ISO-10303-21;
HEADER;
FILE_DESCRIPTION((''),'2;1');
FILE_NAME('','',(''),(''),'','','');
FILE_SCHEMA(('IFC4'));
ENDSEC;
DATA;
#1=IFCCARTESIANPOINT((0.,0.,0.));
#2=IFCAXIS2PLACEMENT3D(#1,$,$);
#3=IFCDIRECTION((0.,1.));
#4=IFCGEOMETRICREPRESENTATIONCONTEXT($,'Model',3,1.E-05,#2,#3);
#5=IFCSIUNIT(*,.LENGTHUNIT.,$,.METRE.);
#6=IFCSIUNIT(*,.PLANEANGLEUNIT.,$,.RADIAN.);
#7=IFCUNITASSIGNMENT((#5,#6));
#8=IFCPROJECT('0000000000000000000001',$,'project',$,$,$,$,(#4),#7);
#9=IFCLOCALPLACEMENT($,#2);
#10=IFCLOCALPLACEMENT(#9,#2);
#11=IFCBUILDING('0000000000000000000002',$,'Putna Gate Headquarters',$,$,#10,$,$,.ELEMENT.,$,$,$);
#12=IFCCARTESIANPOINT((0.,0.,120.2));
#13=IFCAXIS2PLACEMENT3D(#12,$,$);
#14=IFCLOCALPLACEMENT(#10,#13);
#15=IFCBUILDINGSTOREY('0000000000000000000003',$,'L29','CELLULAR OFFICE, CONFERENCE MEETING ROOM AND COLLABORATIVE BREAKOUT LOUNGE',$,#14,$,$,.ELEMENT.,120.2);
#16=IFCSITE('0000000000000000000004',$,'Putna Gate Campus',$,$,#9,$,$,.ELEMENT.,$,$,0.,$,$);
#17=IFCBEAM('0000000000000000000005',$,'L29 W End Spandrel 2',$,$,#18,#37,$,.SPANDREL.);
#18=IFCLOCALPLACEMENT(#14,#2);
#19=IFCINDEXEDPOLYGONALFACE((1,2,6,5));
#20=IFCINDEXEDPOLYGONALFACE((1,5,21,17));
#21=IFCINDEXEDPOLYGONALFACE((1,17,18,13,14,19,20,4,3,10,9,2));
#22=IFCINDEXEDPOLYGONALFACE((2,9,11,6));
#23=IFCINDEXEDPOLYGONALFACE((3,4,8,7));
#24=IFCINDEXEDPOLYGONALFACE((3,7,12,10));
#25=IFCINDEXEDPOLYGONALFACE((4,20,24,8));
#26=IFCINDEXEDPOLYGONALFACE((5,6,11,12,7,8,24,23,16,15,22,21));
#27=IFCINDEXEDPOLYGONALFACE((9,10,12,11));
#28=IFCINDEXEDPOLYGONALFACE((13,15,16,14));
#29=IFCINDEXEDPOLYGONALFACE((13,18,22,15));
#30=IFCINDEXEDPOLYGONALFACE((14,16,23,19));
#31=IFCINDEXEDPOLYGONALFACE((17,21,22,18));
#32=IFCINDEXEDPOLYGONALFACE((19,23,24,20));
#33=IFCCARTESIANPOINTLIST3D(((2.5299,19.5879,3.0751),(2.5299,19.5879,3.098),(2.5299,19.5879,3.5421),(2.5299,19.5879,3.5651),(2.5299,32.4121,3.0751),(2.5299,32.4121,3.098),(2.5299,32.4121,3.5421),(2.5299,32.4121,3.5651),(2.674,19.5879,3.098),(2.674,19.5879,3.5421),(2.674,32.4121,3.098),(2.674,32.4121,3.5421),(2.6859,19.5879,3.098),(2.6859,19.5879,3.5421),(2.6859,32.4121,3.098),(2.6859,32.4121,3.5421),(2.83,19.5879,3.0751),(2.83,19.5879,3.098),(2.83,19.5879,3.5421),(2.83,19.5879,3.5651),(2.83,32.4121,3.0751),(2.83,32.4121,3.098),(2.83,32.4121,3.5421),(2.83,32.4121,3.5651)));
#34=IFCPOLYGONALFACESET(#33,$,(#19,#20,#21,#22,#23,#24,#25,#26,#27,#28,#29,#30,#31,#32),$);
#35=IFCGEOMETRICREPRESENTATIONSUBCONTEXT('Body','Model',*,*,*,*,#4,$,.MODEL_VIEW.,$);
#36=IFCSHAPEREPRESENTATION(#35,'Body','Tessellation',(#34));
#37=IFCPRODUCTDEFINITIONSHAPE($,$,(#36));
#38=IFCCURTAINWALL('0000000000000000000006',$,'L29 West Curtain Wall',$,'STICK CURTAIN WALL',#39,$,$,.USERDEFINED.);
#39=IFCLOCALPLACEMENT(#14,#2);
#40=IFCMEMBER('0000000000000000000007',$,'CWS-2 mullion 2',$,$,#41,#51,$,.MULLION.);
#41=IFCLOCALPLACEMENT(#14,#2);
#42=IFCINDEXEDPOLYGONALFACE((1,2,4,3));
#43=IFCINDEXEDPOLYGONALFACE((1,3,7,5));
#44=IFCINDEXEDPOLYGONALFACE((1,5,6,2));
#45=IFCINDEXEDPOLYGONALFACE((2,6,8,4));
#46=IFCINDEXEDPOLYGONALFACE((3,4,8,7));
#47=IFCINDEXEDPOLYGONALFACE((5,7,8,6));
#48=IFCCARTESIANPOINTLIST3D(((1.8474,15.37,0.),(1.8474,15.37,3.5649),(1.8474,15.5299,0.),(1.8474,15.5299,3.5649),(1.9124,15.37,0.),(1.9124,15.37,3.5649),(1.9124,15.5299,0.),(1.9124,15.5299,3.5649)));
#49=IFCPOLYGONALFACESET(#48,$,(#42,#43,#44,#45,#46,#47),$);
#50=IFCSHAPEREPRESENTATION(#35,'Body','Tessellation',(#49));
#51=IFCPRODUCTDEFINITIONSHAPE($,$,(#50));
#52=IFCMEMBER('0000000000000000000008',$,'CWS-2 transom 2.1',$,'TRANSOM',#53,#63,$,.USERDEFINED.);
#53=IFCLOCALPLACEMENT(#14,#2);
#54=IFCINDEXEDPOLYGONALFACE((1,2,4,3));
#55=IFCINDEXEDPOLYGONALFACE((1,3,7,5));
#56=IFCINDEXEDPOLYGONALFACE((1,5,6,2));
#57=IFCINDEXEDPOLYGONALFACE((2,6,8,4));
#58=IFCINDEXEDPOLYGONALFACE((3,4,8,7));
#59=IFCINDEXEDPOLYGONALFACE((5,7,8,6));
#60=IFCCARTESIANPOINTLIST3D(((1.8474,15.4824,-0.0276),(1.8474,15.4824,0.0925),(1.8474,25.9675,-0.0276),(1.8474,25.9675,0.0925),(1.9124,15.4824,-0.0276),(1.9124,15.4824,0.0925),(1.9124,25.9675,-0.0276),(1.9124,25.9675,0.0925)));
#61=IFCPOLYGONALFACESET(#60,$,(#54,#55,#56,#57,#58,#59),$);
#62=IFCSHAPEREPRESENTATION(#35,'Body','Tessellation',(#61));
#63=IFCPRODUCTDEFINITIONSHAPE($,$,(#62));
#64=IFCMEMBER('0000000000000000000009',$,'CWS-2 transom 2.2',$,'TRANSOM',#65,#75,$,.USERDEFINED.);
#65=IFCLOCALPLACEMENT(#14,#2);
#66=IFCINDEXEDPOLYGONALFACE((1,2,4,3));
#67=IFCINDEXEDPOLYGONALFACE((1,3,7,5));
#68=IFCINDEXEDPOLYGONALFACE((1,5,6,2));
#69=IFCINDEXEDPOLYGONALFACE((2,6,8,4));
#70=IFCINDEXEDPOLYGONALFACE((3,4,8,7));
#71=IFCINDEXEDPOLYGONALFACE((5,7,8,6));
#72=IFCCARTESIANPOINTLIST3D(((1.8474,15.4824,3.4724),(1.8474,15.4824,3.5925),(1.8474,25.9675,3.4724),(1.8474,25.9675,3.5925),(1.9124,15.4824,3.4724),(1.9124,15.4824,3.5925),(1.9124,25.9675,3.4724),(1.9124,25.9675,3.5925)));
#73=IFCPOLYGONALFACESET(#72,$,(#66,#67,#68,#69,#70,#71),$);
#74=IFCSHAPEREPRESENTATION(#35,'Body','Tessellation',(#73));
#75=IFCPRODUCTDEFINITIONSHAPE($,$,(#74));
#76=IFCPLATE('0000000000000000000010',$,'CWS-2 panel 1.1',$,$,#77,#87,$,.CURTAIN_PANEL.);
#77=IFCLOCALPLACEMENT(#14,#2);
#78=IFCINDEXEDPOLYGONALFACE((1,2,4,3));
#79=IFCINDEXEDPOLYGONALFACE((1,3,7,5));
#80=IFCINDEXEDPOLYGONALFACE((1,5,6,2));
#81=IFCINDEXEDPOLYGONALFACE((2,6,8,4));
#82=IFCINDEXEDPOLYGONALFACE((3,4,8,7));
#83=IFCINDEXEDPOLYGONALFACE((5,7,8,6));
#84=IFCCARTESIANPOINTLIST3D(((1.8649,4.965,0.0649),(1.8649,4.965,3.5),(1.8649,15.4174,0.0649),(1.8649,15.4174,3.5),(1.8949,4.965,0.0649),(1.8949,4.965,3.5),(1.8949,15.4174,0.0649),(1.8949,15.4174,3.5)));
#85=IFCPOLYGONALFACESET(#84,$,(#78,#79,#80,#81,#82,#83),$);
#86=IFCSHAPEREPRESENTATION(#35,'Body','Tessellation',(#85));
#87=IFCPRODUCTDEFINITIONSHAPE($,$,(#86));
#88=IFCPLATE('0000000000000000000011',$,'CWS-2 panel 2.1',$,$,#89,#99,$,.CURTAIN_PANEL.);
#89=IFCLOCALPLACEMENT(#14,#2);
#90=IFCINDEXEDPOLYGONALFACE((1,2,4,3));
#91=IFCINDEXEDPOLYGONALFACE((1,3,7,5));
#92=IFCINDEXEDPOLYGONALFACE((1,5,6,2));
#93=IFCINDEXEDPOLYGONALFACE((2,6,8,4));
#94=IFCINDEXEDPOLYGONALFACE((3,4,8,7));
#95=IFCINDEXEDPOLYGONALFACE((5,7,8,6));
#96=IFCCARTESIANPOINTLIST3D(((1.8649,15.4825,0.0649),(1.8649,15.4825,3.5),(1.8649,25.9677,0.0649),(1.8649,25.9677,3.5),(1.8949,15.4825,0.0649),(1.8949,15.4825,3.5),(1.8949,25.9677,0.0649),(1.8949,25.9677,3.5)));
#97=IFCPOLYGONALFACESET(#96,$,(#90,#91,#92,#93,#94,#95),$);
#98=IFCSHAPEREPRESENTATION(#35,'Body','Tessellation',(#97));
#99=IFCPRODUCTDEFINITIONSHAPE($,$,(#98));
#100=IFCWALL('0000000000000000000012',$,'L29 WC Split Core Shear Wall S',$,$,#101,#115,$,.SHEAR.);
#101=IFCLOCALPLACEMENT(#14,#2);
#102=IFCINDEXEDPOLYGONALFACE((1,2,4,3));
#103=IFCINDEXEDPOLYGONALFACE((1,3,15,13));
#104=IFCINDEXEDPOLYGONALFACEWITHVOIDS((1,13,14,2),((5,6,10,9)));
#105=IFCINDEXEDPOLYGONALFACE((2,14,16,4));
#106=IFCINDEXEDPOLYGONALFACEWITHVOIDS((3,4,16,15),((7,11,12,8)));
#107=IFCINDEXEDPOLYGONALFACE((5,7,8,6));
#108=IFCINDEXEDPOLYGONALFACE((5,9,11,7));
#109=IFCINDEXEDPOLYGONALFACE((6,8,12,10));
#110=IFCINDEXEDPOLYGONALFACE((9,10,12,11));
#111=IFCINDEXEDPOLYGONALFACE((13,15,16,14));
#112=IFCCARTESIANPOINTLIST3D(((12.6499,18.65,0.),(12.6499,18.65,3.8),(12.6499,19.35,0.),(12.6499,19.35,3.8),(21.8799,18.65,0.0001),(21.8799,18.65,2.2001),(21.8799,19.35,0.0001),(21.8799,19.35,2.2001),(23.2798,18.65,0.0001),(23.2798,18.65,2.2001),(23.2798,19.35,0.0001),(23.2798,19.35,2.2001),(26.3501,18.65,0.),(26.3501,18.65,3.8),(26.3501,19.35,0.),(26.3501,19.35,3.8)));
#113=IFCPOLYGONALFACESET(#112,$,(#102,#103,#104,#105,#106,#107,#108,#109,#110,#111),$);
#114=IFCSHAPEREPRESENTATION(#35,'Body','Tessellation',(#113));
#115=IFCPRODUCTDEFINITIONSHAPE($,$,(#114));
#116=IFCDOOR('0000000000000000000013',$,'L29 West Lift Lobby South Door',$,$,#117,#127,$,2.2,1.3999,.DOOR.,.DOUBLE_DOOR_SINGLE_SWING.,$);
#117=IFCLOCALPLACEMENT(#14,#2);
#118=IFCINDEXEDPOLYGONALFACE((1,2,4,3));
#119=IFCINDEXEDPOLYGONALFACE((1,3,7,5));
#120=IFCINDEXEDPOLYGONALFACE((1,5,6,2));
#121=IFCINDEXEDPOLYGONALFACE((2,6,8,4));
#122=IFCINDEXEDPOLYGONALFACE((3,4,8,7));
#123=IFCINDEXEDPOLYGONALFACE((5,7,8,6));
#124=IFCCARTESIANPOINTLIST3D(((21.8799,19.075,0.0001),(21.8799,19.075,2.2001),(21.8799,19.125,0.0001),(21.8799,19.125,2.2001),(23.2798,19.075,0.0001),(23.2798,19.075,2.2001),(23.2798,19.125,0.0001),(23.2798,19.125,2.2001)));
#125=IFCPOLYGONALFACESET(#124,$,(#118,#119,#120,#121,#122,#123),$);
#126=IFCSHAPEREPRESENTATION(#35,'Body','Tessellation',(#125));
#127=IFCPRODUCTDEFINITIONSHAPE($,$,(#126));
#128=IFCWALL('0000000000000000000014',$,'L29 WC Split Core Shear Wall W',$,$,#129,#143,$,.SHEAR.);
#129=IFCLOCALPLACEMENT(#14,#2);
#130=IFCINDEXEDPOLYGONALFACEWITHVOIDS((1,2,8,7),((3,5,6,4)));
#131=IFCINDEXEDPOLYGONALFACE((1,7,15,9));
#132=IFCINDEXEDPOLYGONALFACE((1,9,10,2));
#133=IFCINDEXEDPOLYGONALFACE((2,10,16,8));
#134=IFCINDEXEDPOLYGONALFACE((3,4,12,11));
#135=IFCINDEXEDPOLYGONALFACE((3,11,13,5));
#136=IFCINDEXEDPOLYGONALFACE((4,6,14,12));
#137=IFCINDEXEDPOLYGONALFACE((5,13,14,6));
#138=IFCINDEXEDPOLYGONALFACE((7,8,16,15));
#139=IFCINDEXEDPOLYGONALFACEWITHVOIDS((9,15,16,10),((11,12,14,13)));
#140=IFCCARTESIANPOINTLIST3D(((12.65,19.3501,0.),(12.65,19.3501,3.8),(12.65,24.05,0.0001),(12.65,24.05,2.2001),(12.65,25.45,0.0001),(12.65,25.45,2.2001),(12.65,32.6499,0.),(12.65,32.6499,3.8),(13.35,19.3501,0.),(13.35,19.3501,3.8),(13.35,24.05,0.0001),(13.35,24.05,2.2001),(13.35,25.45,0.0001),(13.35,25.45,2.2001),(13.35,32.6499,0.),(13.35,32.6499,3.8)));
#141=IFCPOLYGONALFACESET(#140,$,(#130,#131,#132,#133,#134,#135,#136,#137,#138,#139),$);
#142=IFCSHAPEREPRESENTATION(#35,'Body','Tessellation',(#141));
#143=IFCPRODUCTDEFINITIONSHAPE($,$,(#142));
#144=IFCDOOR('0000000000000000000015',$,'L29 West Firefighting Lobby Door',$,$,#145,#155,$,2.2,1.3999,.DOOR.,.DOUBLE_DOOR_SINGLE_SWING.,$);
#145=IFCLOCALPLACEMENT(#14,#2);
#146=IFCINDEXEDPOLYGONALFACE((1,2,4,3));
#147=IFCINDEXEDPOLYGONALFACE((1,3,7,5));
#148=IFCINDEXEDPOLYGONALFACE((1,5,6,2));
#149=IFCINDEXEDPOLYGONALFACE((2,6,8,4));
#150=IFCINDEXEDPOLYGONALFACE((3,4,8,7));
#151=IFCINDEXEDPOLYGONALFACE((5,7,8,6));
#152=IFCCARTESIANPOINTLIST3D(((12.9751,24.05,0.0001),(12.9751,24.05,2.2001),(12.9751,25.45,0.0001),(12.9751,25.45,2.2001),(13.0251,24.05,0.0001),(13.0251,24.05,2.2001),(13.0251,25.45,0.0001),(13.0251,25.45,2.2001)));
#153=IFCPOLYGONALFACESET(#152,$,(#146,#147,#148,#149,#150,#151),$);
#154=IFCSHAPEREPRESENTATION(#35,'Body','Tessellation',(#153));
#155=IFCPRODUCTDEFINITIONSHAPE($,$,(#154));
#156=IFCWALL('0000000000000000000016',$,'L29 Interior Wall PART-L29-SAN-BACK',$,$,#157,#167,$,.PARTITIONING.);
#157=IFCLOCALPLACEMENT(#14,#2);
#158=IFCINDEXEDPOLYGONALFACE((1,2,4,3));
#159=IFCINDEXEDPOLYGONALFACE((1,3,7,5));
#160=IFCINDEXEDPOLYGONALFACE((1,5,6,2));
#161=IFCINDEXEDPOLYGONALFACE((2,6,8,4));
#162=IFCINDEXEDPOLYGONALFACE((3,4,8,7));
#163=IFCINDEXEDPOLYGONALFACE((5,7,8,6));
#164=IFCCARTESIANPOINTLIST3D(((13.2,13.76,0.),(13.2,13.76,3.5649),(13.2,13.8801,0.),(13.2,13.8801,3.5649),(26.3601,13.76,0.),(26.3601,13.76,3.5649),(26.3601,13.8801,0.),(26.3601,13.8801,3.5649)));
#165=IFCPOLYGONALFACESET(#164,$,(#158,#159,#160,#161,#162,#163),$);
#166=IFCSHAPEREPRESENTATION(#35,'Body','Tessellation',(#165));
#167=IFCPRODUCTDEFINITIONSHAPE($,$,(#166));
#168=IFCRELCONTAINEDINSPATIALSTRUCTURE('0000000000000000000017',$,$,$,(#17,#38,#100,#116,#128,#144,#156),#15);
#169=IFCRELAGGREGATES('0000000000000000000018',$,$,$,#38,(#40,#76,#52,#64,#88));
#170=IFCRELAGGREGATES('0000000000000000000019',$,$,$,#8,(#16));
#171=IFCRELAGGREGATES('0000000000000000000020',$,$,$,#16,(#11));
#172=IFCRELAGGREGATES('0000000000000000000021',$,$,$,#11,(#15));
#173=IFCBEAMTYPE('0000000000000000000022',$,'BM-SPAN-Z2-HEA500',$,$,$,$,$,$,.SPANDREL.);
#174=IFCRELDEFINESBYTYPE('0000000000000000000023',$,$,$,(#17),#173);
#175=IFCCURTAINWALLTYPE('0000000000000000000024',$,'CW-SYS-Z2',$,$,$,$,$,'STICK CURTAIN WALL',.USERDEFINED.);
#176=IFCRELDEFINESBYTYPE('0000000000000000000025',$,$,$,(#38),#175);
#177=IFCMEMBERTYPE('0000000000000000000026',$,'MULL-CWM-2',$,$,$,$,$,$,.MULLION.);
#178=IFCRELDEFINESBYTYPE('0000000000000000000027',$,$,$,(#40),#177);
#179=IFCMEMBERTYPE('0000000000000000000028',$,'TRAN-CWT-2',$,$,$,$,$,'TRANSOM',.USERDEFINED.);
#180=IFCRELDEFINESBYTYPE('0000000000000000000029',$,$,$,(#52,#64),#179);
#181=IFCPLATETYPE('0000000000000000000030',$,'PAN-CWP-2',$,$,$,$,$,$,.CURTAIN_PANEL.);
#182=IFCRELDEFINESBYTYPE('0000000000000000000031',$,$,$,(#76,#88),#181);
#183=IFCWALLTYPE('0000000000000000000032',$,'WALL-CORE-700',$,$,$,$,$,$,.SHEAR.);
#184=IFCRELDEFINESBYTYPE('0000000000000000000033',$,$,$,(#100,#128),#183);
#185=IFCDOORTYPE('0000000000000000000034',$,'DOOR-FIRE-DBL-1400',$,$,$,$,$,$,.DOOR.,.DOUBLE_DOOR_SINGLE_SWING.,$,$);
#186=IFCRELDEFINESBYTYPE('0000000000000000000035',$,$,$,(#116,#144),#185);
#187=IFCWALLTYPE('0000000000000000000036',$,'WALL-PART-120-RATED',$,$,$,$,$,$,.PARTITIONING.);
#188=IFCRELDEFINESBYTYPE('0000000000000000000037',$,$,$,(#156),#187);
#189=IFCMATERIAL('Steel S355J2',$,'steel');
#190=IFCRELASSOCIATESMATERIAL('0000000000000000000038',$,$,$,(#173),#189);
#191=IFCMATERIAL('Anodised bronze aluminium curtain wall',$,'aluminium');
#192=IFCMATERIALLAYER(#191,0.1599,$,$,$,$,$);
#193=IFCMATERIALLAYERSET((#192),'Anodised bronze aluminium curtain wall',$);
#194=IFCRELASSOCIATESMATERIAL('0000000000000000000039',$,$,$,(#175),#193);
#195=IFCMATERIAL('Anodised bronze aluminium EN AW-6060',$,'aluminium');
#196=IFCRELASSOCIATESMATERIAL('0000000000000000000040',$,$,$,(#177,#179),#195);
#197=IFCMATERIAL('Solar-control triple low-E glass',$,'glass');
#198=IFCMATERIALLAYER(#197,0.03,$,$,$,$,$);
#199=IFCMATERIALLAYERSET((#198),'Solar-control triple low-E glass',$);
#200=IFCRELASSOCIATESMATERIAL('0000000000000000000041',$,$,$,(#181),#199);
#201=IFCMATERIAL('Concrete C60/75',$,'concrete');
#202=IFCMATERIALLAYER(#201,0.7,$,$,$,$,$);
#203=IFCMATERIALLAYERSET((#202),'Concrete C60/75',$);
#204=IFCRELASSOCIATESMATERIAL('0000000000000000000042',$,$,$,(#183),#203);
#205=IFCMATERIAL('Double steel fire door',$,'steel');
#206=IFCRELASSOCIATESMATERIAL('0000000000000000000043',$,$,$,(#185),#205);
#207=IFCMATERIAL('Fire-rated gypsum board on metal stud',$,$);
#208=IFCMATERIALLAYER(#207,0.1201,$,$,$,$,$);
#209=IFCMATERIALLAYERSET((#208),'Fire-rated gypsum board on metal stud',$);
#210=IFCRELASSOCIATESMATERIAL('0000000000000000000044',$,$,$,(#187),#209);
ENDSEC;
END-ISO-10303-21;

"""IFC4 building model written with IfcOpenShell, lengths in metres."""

from ifc_helpers import new_model, si_unit, direction, frame, frame_2d, origin, origin_2d, place, context, subcontext, project, spatial, rectangle, i_section, extrude, material, layer, layer_set, material_profile, profile_set, type_object, element, fill, aggregate, save


model = new_model("IFC4")

# Units and contexts
model_context = context("Model", 3, precision=1e-05, world=origin(), true_north=direction((0.0, 1.0)))
body_context = subcontext(model_context, "Body", "Model", "MODEL_VIEW")
ifc_project = project(units=[si_unit("LENGTHUNIT", "METRE"), si_unit("PLANEANGLEUNIT", "RADIAN")], contexts=[model_context])

# Site, building, storey
site_placement = place(None, origin())
site = spatial("IfcSite", under=ifc_project, at=site_placement, Name="Putna Gate Campus", CompositionType="ELEMENT", RefElevation=0.0)
building_placement = place(site_placement, origin())
building = spatial("IfcBuilding", under=site, at=building_placement, Name="Putna Gate Headquarters", CompositionType="ELEMENT")
storey_placement = place(building_placement, frame((0.0, 0.0, 120.2)))
storey = spatial("IfcBuildingStorey", under=building, at=storey_placement, Name="L29", Description="CELLULAR OFFICE, CONFERENCE MEETING ROOM AND COLLABORATIVE BREAKOUT LOUNGE", CompositionType="ELEMENT", Elevation=120.2)

# Shared definitions
ifc_material_1 = material(Name="Concrete C60/75", Category="concrete")

# Beam
ifc_material_2 = material(Name="Steel S355J2", Category="steel")
ifc_material_profile_1 = material_profile(ifc_material_2, i_section(OverallWidth=0.3, OverallDepth=0.49, WebThickness=0.012, FlangeThickness=0.0229, at=origin_2d()), Name="Steel S355J2")
ifc_profile_set_1 = profile_set([ifc_material_profile_1], Name="Steel S355J2")
beam_type_1 = type_object("IfcBeamType", Name="BM-SPAN-Z2-HEA500", PredefinedType="SPANDREL", material=ifc_profile_set_1)
beam_1_placement = place(storey_placement, frame((2.6799, 19.5879, 3.3201), z_axis=(0.0, 1.0, 0.0), x_axis=(-1.0, 0.0, 0.0)))
element("IfcBeam", 1, at=beam_1_placement, inside=storey, type_object=beam_type_1, Name="L29 W End Spandrel 2", PredefinedType="SPANDREL", context=body_context, shape_type="SweptSolid", body=[
    extrude(i_section(OverallWidth=0.3, OverallDepth=0.49, WebThickness=0.012, FlangeThickness=0.0229, at=origin_2d()), origin(), (0.0, 0.0, 1.0), 12.8242),
])

# Curtain wall, members, plates
ifc_material_3 = material(Name="Anodised bronze aluminium curtain wall", Category="aluminium")
ifc_layer_1 = layer(ifc_material_3, 0.1599)
ifc_layer_set_1 = layer_set([ifc_layer_1], Name="Anodised bronze aluminium curtain wall")
curtain_wall_type = type_object("IfcCurtainWallType", Name="CW-SYS-Z2", ElementType="STICK CURTAIN WALL", PredefinedType="USERDEFINED", material=ifc_layer_set_1)
curtain_wall_placement = place(storey_placement, origin())
curtain_wall = element("IfcCurtainWall", 2, at=curtain_wall_placement, inside=storey, type_object=curtain_wall_type, Name="L29 West Curtain Wall", ObjectType="STICK CURTAIN WALL", PredefinedType="USERDEFINED")
ifc_material_4 = material(Name="Anodised bronze aluminium EN AW-6060", Category="aluminium")
ifc_material_profile_2 = material_profile(ifc_material_4, rectangle(XDim=0.0649, YDim=0.1599, at=origin_2d()), Name="Anodised bronze aluminium EN AW-6060")
ifc_profile_set_2 = profile_set([ifc_material_profile_2], Name="Anodised bronze aluminium EN AW-6060")
member_type_1 = type_object("IfcMemberType", Name="MULL-CWM-2", PredefinedType="MULLION", material=ifc_profile_set_2)
member_1_placement = place(storey_placement, frame((1.8799, 15.45, 0.0), z_axis=(0.0, 0.0, 1.0), x_axis=(-1.0, 0.0, 0.0)))
member_1 = element("IfcMember", 3, at=member_1_placement, type_object=member_type_1, Name="CWS-2 mullion 2", PredefinedType="MULLION", context=body_context, shape_type="SweptSolid", body=[
    extrude(rectangle(XDim=0.0649, YDim=0.1599, at=origin_2d()), origin(), (0.0, 0.0, 1.0), 3.5649),
])
ifc_material_profile_3 = material_profile(ifc_material_4, rectangle(XDim=0.0649, YDim=0.1201, at=origin_2d()), Name="Anodised bronze aluminium EN AW-6060")
ifc_profile_set_3 = profile_set([ifc_material_profile_3], Name="Anodised bronze aluminium EN AW-6060")
member_type_2 = type_object("IfcMemberType", Name="TRAN-CWT-2", ElementType="TRANSOM", PredefinedType="USERDEFINED", material=ifc_profile_set_3)
member_2_placement = place(storey_placement, frame((1.8799, 15.4824, 0.0325), z_axis=(0.0, 1.0, 0.0), x_axis=(-1.0, 0.0, 0.0)))
member_2 = element("IfcMember", 4, at=member_2_placement, type_object=member_type_2, Name="CWS-2 transom 2.1", ObjectType="TRANSOM", PredefinedType="USERDEFINED", context=body_context, shape_type="SweptSolid", body=[
    extrude(rectangle(XDim=0.0649, YDim=0.1201, at=origin_2d()), origin(), (0.0, 0.0, 1.0), 10.4851),
])
member_3_placement = place(storey_placement, frame((1.8799, 15.4824, 3.5325), z_axis=(0.0, 1.0, 0.0), x_axis=(-1.0, 0.0, 0.0)))
member_3 = element("IfcMember", 5, at=member_3_placement, type_object=member_type_2, Name="CWS-2 transom 2.2", ObjectType="TRANSOM", PredefinedType="USERDEFINED", context=body_context, shape_type="SweptSolid", body=[
    extrude(rectangle(XDim=0.0649, YDim=0.1201, at=origin_2d()), origin(), (0.0, 0.0, 1.0), 10.4851),
])
ifc_material_5 = material(Name="Solar-control triple low-E glass", Category="glass")
ifc_layer_2 = layer(ifc_material_5, 0.03)
ifc_layer_set_2 = layer_set([ifc_layer_2], Name="Solar-control triple low-E glass")
plate_type = type_object("IfcPlateType", Name="PAN-CWP-2", PredefinedType="CURTAIN_PANEL", material=ifc_layer_set_2)
plate_1_placement = place(storey_placement, frame((1.8799, 10.1912, 0.0649), z_axis=(0.0, 0.0, 1.0), x_axis=(0.0, 1.0, 0.0)))
plate_1 = element("IfcPlate", 6, at=plate_1_placement, type_object=plate_type, Name="CWS-2 panel 1.1", PredefinedType="CURTAIN_PANEL", context=body_context, shape_type="SweptSolid", body=[
    extrude(rectangle(XDim=10.4524, YDim=0.03, at=origin_2d()), origin(), (0.0, 0.0, 1.0), 3.4351),
])
plate_2_placement = place(storey_placement, frame((1.8799, 20.7251, 0.0649), z_axis=(0.0, 0.0, 1.0), x_axis=(0.0, 1.0, 0.0)))
plate_2 = element("IfcPlate", 7, at=plate_2_placement, type_object=plate_type, Name="CWS-2 panel 2.1", PredefinedType="CURTAIN_PANEL", context=body_context, shape_type="SweptSolid", body=[
    extrude(rectangle(XDim=10.4851, YDim=0.03, at=origin_2d()), origin(), (0.0, 0.0, 1.0), 3.4351),
])
aggregate(curtain_wall, [member_1, plate_1, member_2, member_3, plate_2])

# Walls, openings, doors
ifc_layer_3 = layer(ifc_material_1, 0.7)
ifc_layer_set_3 = layer_set([ifc_layer_3], Name="Concrete C60/75")
wall_type_1 = type_object("IfcWallType", Name="WALL-CORE-700", PredefinedType="SHEAR", material=ifc_layer_set_3)
wall_1_placement = place(storey_placement, frame((12.6499, 19.0, 0.0), z_axis=(0.0, 0.0, 1.0), x_axis=(1.0, 0.0, 0.0)))
wall_1 = element("IfcWall", 8, at=wall_1_placement, inside=storey, type_object=wall_type_1, Name="L29 WC Split Core Shear Wall S", PredefinedType="SHEAR", context=body_context, shape_type="SweptSolid", body=[
    extrude(rectangle(XDim=13.7002, YDim=0.7, at=frame_2d((6.8501, 0.0))), origin(), (0.0, 0.0, 1.0), 3.8),
])
opening_1_placement = place(wall_1_placement, frame((9.23, 0.0, 0.0)))
opening_1 = element("IfcOpeningElement", 9, at=opening_1_placement, cuts=wall_1, PredefinedType="OPENING", context=body_context, shape_type="SweptSolid", body=[
    extrude(rectangle(XDim=1.3999, YDim=2.2, at=frame_2d((0.7, 1.1001))), frame((0.0, 0.3599, 0.0), z_axis=(0.0, -1.0, 0.0), x_axis=(1.0, 0.0, 0.0)), (0.0, 0.0, 1.0), 0.72),
])
ifc_material_6 = material(Name="Double steel fire door", Category="steel")
door_type_1 = type_object("IfcDoorType", Name="DOOR-FIRE-DBL-1400", OperationType="DOUBLE_DOOR_SINGLE_SWING", PredefinedType="DOOR", material=ifc_material_6)
door_1_placement = place(opening_1_placement, origin())
door_1 = element("IfcDoor", 10, at=door_1_placement, inside=storey, type_object=door_type_1, Name="L29 West Lift Lobby South Door", OperationType="DOUBLE_DOOR_SINGLE_SWING", OverallHeight=2.2, OverallWidth=1.3999, PredefinedType="DOOR", context=body_context, shape_type="SweptSolid", body=[
    extrude(rectangle(XDim=1.3999, YDim=2.2, at=frame_2d((0.7, 1.1001))), frame((0.0, 0.125, 0.0), z_axis=(0.0, -1.0, 0.0), x_axis=(1.0, 0.0, 0.0)), (0.0, 0.0, 1.0), 0.05),
])
fill(opening_1, door_1)
wall_2_placement = place(storey_placement, frame((13.0, 19.3501, 0.0), z_axis=(0.0, 0.0, 1.0), x_axis=(0.0, 1.0, 0.0)))
wall_2 = element("IfcWall", 11, at=wall_2_placement, inside=storey, type_object=wall_type_1, Name="L29 WC Split Core Shear Wall W", PredefinedType="SHEAR", context=body_context, shape_type="SweptSolid", body=[
    extrude(rectangle(XDim=13.2998, YDim=0.7, at=frame_2d((6.6499, 0.0))), origin(), (0.0, 0.0, 1.0), 3.8),
])
opening_2_placement = place(wall_2_placement, frame((4.7, 0.0, 0.0)))
opening_2 = element("IfcOpeningElement", 12, at=opening_2_placement, cuts=wall_2, PredefinedType="OPENING", context=body_context, shape_type="SweptSolid", body=[
    extrude(rectangle(XDim=1.3999, YDim=2.2, at=frame_2d((0.7, 1.1001))), frame((0.0, 0.3599, 0.0), z_axis=(0.0, -1.0, 0.0), x_axis=(1.0, 0.0, 0.0)), (0.0, 0.0, 1.0), 0.72),
])
door_2_placement = place(opening_2_placement, origin())
door_2 = element("IfcDoor", 13, at=door_2_placement, inside=storey, type_object=door_type_1, Name="L29 West Firefighting Lobby Door", OperationType="DOUBLE_DOOR_SINGLE_SWING", OverallHeight=2.2, OverallWidth=1.3999, PredefinedType="DOOR", context=body_context, shape_type="SweptSolid", body=[
    extrude(rectangle(XDim=1.3999, YDim=2.2, at=frame_2d((0.7, 1.1001))), frame((0.0, 0.0249, 0.0), z_axis=(0.0, -1.0, 0.0), x_axis=(1.0, 0.0, 0.0)), (0.0, 0.0, 1.0), 0.05),
])
fill(opening_2, door_2)

# Shared definitions
ifc_material_7 = material(Name="Fire-rated gypsum board on metal stud")
ifc_layer_4 = layer(ifc_material_7, 0.1201)
ifc_layer_set_4 = layer_set([ifc_layer_4], Name="Fire-rated gypsum board on metal stud")
wall_type_2 = type_object("IfcWallType", Name="WALL-PART-120-RATED", PredefinedType="PARTITIONING", material=ifc_layer_set_4)

# Wall
wall_3_placement = place(storey_placement, frame((13.2, 13.8201, 0.0), z_axis=(0.0, 0.0, 1.0), x_axis=(1.0, 0.0, 0.0)))
element("IfcWall", 14, at=wall_3_placement, inside=storey, type_object=wall_type_2, Name="L29 Interior Wall PART-L29-SAN-BACK", PredefinedType="PARTITIONING", context=body_context, shape_type="SweptSolid", body=[
    extrude(rectangle(XDim=13.1602, YDim=0.1201, at=frame_2d((6.5801, 0.0))), origin(), (0.0, 0.0, 1.0), 3.5649),
])

save(model, "model.ifc")
